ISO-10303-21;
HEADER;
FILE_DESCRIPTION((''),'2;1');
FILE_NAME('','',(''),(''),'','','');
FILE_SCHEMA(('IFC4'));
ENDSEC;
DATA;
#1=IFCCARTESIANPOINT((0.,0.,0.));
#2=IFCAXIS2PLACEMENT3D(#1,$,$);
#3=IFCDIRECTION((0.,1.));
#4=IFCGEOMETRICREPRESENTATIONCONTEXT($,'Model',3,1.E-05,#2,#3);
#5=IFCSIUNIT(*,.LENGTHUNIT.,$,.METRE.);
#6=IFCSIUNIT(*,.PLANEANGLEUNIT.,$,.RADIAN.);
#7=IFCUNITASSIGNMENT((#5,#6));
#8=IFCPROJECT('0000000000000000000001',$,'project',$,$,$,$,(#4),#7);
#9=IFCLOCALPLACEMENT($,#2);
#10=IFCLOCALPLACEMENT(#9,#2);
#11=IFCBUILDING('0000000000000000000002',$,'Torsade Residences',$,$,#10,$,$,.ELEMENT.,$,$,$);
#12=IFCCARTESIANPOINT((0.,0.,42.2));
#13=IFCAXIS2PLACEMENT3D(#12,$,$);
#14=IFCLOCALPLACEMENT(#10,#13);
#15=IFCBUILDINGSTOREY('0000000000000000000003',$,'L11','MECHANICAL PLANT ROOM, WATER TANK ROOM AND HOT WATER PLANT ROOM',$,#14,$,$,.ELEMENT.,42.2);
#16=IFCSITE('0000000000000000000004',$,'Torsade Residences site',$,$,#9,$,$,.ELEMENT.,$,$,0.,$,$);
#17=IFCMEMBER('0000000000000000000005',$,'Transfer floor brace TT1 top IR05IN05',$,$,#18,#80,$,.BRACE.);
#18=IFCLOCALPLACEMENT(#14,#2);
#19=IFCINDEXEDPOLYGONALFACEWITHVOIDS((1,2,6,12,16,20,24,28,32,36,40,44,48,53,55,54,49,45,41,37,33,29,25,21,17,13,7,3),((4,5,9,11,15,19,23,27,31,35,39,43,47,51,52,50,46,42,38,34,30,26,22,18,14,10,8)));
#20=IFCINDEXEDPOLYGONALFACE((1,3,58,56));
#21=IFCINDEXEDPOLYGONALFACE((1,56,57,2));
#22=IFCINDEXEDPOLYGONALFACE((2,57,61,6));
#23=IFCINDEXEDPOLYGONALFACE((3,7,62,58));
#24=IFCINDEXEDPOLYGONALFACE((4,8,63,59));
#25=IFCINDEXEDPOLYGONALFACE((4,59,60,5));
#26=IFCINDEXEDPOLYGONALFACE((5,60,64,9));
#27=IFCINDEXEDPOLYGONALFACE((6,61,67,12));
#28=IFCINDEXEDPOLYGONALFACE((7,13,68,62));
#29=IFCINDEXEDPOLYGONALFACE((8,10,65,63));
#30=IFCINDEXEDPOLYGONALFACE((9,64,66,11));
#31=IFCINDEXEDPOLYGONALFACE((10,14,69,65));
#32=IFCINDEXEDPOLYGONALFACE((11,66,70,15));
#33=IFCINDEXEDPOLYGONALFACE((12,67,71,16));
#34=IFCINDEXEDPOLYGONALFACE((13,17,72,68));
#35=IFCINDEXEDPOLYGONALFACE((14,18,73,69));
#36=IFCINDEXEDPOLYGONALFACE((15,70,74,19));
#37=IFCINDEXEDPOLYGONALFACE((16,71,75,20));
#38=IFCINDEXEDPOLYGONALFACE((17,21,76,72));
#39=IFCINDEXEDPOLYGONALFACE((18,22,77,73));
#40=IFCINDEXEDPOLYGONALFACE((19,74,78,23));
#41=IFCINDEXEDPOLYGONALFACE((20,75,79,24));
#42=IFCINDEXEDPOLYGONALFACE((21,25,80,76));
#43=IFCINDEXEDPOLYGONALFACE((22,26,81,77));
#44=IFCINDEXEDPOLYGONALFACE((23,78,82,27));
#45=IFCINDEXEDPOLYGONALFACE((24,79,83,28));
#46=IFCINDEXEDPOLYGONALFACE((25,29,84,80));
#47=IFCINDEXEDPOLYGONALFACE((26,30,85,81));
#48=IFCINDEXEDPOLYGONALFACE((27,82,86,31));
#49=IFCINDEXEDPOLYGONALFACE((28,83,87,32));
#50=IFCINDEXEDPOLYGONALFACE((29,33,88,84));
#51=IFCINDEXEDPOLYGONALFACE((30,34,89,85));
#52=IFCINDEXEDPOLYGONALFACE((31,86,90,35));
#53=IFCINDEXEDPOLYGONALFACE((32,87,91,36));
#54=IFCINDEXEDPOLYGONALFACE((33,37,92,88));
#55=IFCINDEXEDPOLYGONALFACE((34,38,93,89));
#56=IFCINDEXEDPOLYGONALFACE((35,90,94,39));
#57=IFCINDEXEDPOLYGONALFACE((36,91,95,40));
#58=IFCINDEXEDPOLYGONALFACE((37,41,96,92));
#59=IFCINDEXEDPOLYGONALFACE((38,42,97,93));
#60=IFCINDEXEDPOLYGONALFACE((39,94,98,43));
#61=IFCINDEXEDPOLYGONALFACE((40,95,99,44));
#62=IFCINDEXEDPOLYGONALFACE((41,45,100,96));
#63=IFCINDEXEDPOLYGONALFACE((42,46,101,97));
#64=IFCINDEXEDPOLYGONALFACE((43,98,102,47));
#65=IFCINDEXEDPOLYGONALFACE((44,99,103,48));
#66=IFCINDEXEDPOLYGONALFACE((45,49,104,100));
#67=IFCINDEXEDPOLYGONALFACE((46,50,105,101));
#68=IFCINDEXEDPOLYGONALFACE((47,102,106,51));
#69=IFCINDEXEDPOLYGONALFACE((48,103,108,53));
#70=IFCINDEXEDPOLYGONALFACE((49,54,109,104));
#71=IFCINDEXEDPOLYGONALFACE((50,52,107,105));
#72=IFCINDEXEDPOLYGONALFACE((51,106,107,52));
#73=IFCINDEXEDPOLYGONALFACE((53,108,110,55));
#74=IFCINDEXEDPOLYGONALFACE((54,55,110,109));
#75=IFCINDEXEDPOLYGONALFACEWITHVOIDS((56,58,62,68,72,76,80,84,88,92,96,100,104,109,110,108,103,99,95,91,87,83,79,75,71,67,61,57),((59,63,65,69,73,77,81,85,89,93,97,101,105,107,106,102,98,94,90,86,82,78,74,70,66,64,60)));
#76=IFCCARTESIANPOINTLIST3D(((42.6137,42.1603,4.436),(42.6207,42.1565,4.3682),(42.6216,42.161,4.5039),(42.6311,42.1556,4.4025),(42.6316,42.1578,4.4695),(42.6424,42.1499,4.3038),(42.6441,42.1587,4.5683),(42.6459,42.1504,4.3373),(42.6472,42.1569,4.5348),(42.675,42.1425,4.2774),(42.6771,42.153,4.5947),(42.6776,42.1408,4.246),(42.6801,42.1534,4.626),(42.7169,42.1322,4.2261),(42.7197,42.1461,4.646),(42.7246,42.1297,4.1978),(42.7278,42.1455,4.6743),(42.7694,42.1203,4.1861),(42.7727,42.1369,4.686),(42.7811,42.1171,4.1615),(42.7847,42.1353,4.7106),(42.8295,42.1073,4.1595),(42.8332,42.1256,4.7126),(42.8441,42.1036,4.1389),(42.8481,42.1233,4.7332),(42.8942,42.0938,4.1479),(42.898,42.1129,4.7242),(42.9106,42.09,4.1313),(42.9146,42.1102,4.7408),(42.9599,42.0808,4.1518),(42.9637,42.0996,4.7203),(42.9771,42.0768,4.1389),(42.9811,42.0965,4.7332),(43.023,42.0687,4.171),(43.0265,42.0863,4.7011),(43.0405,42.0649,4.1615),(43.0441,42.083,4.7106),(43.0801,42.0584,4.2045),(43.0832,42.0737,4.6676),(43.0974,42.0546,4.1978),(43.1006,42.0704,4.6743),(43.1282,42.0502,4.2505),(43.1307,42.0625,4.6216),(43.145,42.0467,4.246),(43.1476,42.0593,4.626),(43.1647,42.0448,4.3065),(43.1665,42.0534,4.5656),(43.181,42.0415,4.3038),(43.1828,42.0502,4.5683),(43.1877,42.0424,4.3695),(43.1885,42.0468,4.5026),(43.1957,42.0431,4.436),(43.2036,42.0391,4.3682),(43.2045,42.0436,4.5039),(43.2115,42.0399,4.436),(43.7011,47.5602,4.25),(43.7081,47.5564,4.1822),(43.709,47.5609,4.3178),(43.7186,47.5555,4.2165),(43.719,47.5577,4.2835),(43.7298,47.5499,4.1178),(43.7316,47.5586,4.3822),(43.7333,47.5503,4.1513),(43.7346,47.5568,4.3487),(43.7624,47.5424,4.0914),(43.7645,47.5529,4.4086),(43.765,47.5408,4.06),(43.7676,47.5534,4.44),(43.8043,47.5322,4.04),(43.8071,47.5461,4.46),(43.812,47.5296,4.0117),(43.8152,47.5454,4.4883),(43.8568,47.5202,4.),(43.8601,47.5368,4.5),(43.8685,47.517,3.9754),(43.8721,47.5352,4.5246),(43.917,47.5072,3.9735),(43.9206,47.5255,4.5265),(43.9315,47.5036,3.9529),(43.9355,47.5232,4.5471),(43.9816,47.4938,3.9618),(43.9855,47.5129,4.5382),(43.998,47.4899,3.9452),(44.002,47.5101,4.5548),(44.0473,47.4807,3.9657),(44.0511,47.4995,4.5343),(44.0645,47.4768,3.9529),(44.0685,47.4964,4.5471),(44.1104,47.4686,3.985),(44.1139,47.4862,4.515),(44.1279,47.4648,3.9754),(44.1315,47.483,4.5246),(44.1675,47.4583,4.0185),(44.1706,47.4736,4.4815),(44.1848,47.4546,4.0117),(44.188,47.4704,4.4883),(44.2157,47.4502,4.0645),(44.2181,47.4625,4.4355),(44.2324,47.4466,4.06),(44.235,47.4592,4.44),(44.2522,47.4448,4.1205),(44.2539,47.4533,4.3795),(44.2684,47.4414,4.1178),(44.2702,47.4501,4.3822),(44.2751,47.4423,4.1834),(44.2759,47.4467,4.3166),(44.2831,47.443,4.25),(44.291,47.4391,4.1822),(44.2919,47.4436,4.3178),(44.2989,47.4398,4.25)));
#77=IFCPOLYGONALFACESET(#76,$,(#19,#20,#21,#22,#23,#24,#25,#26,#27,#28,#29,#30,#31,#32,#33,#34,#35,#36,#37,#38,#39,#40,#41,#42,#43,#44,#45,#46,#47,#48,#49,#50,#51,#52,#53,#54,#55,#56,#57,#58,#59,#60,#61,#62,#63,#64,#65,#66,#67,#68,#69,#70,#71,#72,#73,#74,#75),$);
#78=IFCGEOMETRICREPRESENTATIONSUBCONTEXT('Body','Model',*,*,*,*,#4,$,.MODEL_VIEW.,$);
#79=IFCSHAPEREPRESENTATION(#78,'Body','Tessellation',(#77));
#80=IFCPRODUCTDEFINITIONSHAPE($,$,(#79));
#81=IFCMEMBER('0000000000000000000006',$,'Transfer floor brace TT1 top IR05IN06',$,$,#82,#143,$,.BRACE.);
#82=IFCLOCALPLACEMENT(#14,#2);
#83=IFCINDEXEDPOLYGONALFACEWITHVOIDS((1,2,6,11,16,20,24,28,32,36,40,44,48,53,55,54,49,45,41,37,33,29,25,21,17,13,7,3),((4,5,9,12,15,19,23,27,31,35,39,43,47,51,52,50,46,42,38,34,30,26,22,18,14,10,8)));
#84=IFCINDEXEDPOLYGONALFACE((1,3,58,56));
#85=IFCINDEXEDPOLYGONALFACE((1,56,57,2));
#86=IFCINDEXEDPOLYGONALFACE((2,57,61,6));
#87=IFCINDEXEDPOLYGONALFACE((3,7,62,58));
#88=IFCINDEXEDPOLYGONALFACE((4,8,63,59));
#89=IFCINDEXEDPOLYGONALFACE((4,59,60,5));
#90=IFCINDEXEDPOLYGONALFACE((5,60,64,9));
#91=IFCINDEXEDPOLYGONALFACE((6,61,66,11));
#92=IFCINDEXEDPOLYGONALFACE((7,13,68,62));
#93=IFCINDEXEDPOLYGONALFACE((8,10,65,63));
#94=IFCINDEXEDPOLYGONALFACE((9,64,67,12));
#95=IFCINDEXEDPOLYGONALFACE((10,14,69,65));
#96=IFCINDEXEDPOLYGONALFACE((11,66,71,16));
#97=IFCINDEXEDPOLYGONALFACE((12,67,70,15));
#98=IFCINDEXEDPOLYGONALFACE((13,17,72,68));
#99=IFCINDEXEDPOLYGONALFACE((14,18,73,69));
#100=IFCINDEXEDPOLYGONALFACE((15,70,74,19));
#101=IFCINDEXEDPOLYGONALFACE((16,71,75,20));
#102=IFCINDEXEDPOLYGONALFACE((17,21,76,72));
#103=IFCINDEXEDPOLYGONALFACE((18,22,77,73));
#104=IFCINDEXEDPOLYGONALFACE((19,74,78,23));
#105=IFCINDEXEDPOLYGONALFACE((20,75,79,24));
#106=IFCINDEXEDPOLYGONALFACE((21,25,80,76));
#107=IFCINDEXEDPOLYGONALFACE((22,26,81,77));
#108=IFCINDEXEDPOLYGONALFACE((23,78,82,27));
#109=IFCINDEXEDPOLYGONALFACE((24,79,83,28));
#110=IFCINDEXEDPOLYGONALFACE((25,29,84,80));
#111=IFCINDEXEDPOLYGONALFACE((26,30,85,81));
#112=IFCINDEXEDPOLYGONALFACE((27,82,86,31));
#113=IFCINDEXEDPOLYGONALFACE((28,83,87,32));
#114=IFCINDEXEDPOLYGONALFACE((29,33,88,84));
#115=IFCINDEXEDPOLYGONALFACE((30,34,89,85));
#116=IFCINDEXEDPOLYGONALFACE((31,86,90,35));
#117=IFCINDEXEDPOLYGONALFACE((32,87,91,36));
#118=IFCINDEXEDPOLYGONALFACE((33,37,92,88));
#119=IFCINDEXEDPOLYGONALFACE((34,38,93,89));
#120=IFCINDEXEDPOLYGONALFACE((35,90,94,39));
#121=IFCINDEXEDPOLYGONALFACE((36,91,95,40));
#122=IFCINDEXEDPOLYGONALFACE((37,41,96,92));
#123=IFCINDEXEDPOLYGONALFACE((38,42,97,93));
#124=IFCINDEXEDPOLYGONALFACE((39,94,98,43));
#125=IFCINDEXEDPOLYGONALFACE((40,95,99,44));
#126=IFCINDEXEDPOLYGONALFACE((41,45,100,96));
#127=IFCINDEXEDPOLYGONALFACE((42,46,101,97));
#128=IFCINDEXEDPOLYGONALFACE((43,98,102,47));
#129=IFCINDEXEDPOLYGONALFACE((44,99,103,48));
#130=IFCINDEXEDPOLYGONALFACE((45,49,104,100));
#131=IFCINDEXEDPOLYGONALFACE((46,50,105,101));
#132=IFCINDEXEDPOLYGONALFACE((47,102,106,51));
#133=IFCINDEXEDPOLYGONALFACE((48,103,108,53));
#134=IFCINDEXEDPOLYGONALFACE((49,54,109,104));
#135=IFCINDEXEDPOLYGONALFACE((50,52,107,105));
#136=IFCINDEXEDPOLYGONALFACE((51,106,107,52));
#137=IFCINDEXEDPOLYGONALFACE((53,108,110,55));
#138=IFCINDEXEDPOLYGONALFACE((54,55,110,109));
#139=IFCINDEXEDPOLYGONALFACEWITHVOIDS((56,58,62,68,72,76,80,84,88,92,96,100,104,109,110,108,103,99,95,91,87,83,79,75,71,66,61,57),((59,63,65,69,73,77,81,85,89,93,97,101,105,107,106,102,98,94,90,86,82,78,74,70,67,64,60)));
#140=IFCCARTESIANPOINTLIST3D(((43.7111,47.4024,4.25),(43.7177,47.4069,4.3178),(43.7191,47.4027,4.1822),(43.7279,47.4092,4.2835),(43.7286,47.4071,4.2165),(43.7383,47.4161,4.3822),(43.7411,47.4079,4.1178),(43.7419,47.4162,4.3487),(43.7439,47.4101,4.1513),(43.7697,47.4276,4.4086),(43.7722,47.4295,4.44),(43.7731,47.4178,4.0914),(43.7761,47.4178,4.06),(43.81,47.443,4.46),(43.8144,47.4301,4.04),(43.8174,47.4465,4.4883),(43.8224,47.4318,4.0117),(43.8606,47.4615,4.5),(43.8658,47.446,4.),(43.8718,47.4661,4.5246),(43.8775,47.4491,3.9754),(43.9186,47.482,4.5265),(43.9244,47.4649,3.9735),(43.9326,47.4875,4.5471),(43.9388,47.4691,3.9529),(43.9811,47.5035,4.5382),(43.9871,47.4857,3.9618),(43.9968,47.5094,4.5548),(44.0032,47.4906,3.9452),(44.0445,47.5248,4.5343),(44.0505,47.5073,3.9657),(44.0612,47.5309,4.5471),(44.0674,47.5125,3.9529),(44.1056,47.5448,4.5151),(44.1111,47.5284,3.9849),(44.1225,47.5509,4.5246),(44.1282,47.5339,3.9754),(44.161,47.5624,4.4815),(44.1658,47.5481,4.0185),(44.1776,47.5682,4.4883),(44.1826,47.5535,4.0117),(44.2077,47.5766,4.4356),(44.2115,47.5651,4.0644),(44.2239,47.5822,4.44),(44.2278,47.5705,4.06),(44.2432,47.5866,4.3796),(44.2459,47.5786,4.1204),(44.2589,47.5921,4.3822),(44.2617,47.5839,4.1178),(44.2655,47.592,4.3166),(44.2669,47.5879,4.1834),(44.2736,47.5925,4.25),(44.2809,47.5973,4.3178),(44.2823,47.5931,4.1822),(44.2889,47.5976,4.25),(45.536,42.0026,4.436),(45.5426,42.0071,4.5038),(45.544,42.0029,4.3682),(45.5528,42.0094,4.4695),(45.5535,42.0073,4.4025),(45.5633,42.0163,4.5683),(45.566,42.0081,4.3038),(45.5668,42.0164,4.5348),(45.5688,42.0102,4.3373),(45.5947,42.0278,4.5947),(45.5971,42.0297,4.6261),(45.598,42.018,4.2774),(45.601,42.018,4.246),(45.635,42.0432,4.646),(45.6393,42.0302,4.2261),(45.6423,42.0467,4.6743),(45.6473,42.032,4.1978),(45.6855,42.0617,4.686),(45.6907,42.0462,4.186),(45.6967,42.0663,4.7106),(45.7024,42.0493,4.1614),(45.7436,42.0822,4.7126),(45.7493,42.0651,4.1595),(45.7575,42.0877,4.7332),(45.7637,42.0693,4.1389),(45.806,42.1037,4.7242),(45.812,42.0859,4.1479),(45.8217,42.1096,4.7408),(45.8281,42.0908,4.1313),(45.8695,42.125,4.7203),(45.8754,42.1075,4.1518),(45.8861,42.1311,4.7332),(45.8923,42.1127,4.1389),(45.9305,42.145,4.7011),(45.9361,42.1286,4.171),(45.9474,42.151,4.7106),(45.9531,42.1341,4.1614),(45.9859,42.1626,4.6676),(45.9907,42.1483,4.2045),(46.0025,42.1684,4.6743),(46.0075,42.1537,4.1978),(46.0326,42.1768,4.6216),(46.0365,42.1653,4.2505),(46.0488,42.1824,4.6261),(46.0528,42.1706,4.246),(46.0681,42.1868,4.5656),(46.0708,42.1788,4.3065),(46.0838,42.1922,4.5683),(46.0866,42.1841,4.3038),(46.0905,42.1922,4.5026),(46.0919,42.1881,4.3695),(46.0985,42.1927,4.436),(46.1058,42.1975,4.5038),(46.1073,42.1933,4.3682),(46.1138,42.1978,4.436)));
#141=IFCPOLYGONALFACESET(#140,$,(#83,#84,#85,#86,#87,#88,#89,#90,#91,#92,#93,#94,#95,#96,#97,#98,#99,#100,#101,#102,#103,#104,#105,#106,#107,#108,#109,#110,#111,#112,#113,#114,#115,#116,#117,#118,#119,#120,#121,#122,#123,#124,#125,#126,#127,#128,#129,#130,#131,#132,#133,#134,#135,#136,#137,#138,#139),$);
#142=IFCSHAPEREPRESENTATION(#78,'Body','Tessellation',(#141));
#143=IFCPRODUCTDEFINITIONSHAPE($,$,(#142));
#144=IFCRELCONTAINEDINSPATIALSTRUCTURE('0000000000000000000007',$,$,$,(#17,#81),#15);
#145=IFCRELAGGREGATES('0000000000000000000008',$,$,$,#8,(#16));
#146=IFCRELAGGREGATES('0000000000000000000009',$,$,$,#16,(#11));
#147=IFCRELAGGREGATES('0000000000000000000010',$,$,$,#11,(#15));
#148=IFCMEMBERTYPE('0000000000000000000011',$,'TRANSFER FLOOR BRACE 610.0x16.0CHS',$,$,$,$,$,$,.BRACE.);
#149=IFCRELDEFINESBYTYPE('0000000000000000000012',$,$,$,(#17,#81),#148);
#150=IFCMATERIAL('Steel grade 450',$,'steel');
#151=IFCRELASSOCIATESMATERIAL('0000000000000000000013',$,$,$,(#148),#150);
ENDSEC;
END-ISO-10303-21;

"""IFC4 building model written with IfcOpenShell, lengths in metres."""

from ifc_helpers import new_model, si_unit, direction, frame, origin, origin_2d, place, context, subcontext, project, spatial, hollow_circle, extrude, material, material_profile, profile_set, type_object, element, save


model = new_model("IFC4")

# Units and contexts
model_context = context("Model", 3, precision=1e-05, world=origin(), true_north=direction((0.0, 1.0)))
body_context = subcontext(model_context, "Body", "Model", "MODEL_VIEW")
ifc_project = project(units=[si_unit("LENGTHUNIT", "METRE"), si_unit("PLANEANGLEUNIT", "RADIAN")], contexts=[model_context])

# Site, building, storey
site_placement = place(None, origin())
site = spatial("IfcSite", under=ifc_project, at=site_placement, Name="Torsade Residences site", CompositionType="ELEMENT", RefElevation=0.0)
building_placement = place(site_placement, origin())
building = spatial("IfcBuilding", under=site, at=building_placement, Name="Torsade Residences", CompositionType="ELEMENT")
storey_placement = place(building_placement, frame((0.0, 0.0, 42.2)))
storey = spatial("IfcBuildingStorey", under=building, at=storey_placement, Name="L11", Description="MECHANICAL PLANT ROOM, WATER TANK ROOM AND HOT WATER PLANT ROOM", CompositionType="ELEMENT", Elevation=42.2)

# Members
ifc_material_1 = material(Name="Steel grade 450", Category="steel")
ifc_material_profile_1 = material_profile(ifc_material_1, hollow_circle(Radius=0.3049, WallThickness=0.0161, at=origin_2d()), Name="610.0x16.0CHS")
ifc_profile_set_1 = profile_set([ifc_material_profile_1], Name="Steel grade 450")
member_type_1 = type_object("IfcMemberType", Name="TRANSFER FLOOR BRACE 610.0x16.0CHS", PredefinedType="BRACE", material=ifc_profile_set_1)
member_1_placement = place(storey_placement, frame((44.0, 47.5, 4.25), z_axis=(-0.197299, -0.979762, 0.033754), x_axis=(0.980321, -0.197412, 0.0)))
element("IfcMember", 1, at=member_1_placement, inside=storey, type_object=member_type_1, Name="Transfer floor brace TT1 top IR05IN05", PredefinedType="BRACE", context=body_context, shape_type="SweptSolid", body=[
    extrude(hollow_circle(Radius=0.3049, WallThickness=0.0161, at=origin_2d()), origin(), (0.0, 0.0, 1.0), 5.5115),
])
member_2_placement = place(storey_placement, frame((44.0, 47.5, 4.25), z_axis=(0.319999, -0.946856, 0.032621), x_axis=(0.94736, 0.32017, 0.0)))
element("IfcMember", 2, at=member_2_placement, inside=storey, type_object=member_type_1, Name="Transfer floor brace TT1 top IR05IN06", PredefinedType="BRACE", context=body_context, shape_type="SweptSolid", body=[
    extrude(hollow_circle(Radius=0.3049, WallThickness=0.0161, at=origin_2d()), origin(), (0.0, 0.0, 1.0), 5.7029),
])

save(model, "model.ifc")
